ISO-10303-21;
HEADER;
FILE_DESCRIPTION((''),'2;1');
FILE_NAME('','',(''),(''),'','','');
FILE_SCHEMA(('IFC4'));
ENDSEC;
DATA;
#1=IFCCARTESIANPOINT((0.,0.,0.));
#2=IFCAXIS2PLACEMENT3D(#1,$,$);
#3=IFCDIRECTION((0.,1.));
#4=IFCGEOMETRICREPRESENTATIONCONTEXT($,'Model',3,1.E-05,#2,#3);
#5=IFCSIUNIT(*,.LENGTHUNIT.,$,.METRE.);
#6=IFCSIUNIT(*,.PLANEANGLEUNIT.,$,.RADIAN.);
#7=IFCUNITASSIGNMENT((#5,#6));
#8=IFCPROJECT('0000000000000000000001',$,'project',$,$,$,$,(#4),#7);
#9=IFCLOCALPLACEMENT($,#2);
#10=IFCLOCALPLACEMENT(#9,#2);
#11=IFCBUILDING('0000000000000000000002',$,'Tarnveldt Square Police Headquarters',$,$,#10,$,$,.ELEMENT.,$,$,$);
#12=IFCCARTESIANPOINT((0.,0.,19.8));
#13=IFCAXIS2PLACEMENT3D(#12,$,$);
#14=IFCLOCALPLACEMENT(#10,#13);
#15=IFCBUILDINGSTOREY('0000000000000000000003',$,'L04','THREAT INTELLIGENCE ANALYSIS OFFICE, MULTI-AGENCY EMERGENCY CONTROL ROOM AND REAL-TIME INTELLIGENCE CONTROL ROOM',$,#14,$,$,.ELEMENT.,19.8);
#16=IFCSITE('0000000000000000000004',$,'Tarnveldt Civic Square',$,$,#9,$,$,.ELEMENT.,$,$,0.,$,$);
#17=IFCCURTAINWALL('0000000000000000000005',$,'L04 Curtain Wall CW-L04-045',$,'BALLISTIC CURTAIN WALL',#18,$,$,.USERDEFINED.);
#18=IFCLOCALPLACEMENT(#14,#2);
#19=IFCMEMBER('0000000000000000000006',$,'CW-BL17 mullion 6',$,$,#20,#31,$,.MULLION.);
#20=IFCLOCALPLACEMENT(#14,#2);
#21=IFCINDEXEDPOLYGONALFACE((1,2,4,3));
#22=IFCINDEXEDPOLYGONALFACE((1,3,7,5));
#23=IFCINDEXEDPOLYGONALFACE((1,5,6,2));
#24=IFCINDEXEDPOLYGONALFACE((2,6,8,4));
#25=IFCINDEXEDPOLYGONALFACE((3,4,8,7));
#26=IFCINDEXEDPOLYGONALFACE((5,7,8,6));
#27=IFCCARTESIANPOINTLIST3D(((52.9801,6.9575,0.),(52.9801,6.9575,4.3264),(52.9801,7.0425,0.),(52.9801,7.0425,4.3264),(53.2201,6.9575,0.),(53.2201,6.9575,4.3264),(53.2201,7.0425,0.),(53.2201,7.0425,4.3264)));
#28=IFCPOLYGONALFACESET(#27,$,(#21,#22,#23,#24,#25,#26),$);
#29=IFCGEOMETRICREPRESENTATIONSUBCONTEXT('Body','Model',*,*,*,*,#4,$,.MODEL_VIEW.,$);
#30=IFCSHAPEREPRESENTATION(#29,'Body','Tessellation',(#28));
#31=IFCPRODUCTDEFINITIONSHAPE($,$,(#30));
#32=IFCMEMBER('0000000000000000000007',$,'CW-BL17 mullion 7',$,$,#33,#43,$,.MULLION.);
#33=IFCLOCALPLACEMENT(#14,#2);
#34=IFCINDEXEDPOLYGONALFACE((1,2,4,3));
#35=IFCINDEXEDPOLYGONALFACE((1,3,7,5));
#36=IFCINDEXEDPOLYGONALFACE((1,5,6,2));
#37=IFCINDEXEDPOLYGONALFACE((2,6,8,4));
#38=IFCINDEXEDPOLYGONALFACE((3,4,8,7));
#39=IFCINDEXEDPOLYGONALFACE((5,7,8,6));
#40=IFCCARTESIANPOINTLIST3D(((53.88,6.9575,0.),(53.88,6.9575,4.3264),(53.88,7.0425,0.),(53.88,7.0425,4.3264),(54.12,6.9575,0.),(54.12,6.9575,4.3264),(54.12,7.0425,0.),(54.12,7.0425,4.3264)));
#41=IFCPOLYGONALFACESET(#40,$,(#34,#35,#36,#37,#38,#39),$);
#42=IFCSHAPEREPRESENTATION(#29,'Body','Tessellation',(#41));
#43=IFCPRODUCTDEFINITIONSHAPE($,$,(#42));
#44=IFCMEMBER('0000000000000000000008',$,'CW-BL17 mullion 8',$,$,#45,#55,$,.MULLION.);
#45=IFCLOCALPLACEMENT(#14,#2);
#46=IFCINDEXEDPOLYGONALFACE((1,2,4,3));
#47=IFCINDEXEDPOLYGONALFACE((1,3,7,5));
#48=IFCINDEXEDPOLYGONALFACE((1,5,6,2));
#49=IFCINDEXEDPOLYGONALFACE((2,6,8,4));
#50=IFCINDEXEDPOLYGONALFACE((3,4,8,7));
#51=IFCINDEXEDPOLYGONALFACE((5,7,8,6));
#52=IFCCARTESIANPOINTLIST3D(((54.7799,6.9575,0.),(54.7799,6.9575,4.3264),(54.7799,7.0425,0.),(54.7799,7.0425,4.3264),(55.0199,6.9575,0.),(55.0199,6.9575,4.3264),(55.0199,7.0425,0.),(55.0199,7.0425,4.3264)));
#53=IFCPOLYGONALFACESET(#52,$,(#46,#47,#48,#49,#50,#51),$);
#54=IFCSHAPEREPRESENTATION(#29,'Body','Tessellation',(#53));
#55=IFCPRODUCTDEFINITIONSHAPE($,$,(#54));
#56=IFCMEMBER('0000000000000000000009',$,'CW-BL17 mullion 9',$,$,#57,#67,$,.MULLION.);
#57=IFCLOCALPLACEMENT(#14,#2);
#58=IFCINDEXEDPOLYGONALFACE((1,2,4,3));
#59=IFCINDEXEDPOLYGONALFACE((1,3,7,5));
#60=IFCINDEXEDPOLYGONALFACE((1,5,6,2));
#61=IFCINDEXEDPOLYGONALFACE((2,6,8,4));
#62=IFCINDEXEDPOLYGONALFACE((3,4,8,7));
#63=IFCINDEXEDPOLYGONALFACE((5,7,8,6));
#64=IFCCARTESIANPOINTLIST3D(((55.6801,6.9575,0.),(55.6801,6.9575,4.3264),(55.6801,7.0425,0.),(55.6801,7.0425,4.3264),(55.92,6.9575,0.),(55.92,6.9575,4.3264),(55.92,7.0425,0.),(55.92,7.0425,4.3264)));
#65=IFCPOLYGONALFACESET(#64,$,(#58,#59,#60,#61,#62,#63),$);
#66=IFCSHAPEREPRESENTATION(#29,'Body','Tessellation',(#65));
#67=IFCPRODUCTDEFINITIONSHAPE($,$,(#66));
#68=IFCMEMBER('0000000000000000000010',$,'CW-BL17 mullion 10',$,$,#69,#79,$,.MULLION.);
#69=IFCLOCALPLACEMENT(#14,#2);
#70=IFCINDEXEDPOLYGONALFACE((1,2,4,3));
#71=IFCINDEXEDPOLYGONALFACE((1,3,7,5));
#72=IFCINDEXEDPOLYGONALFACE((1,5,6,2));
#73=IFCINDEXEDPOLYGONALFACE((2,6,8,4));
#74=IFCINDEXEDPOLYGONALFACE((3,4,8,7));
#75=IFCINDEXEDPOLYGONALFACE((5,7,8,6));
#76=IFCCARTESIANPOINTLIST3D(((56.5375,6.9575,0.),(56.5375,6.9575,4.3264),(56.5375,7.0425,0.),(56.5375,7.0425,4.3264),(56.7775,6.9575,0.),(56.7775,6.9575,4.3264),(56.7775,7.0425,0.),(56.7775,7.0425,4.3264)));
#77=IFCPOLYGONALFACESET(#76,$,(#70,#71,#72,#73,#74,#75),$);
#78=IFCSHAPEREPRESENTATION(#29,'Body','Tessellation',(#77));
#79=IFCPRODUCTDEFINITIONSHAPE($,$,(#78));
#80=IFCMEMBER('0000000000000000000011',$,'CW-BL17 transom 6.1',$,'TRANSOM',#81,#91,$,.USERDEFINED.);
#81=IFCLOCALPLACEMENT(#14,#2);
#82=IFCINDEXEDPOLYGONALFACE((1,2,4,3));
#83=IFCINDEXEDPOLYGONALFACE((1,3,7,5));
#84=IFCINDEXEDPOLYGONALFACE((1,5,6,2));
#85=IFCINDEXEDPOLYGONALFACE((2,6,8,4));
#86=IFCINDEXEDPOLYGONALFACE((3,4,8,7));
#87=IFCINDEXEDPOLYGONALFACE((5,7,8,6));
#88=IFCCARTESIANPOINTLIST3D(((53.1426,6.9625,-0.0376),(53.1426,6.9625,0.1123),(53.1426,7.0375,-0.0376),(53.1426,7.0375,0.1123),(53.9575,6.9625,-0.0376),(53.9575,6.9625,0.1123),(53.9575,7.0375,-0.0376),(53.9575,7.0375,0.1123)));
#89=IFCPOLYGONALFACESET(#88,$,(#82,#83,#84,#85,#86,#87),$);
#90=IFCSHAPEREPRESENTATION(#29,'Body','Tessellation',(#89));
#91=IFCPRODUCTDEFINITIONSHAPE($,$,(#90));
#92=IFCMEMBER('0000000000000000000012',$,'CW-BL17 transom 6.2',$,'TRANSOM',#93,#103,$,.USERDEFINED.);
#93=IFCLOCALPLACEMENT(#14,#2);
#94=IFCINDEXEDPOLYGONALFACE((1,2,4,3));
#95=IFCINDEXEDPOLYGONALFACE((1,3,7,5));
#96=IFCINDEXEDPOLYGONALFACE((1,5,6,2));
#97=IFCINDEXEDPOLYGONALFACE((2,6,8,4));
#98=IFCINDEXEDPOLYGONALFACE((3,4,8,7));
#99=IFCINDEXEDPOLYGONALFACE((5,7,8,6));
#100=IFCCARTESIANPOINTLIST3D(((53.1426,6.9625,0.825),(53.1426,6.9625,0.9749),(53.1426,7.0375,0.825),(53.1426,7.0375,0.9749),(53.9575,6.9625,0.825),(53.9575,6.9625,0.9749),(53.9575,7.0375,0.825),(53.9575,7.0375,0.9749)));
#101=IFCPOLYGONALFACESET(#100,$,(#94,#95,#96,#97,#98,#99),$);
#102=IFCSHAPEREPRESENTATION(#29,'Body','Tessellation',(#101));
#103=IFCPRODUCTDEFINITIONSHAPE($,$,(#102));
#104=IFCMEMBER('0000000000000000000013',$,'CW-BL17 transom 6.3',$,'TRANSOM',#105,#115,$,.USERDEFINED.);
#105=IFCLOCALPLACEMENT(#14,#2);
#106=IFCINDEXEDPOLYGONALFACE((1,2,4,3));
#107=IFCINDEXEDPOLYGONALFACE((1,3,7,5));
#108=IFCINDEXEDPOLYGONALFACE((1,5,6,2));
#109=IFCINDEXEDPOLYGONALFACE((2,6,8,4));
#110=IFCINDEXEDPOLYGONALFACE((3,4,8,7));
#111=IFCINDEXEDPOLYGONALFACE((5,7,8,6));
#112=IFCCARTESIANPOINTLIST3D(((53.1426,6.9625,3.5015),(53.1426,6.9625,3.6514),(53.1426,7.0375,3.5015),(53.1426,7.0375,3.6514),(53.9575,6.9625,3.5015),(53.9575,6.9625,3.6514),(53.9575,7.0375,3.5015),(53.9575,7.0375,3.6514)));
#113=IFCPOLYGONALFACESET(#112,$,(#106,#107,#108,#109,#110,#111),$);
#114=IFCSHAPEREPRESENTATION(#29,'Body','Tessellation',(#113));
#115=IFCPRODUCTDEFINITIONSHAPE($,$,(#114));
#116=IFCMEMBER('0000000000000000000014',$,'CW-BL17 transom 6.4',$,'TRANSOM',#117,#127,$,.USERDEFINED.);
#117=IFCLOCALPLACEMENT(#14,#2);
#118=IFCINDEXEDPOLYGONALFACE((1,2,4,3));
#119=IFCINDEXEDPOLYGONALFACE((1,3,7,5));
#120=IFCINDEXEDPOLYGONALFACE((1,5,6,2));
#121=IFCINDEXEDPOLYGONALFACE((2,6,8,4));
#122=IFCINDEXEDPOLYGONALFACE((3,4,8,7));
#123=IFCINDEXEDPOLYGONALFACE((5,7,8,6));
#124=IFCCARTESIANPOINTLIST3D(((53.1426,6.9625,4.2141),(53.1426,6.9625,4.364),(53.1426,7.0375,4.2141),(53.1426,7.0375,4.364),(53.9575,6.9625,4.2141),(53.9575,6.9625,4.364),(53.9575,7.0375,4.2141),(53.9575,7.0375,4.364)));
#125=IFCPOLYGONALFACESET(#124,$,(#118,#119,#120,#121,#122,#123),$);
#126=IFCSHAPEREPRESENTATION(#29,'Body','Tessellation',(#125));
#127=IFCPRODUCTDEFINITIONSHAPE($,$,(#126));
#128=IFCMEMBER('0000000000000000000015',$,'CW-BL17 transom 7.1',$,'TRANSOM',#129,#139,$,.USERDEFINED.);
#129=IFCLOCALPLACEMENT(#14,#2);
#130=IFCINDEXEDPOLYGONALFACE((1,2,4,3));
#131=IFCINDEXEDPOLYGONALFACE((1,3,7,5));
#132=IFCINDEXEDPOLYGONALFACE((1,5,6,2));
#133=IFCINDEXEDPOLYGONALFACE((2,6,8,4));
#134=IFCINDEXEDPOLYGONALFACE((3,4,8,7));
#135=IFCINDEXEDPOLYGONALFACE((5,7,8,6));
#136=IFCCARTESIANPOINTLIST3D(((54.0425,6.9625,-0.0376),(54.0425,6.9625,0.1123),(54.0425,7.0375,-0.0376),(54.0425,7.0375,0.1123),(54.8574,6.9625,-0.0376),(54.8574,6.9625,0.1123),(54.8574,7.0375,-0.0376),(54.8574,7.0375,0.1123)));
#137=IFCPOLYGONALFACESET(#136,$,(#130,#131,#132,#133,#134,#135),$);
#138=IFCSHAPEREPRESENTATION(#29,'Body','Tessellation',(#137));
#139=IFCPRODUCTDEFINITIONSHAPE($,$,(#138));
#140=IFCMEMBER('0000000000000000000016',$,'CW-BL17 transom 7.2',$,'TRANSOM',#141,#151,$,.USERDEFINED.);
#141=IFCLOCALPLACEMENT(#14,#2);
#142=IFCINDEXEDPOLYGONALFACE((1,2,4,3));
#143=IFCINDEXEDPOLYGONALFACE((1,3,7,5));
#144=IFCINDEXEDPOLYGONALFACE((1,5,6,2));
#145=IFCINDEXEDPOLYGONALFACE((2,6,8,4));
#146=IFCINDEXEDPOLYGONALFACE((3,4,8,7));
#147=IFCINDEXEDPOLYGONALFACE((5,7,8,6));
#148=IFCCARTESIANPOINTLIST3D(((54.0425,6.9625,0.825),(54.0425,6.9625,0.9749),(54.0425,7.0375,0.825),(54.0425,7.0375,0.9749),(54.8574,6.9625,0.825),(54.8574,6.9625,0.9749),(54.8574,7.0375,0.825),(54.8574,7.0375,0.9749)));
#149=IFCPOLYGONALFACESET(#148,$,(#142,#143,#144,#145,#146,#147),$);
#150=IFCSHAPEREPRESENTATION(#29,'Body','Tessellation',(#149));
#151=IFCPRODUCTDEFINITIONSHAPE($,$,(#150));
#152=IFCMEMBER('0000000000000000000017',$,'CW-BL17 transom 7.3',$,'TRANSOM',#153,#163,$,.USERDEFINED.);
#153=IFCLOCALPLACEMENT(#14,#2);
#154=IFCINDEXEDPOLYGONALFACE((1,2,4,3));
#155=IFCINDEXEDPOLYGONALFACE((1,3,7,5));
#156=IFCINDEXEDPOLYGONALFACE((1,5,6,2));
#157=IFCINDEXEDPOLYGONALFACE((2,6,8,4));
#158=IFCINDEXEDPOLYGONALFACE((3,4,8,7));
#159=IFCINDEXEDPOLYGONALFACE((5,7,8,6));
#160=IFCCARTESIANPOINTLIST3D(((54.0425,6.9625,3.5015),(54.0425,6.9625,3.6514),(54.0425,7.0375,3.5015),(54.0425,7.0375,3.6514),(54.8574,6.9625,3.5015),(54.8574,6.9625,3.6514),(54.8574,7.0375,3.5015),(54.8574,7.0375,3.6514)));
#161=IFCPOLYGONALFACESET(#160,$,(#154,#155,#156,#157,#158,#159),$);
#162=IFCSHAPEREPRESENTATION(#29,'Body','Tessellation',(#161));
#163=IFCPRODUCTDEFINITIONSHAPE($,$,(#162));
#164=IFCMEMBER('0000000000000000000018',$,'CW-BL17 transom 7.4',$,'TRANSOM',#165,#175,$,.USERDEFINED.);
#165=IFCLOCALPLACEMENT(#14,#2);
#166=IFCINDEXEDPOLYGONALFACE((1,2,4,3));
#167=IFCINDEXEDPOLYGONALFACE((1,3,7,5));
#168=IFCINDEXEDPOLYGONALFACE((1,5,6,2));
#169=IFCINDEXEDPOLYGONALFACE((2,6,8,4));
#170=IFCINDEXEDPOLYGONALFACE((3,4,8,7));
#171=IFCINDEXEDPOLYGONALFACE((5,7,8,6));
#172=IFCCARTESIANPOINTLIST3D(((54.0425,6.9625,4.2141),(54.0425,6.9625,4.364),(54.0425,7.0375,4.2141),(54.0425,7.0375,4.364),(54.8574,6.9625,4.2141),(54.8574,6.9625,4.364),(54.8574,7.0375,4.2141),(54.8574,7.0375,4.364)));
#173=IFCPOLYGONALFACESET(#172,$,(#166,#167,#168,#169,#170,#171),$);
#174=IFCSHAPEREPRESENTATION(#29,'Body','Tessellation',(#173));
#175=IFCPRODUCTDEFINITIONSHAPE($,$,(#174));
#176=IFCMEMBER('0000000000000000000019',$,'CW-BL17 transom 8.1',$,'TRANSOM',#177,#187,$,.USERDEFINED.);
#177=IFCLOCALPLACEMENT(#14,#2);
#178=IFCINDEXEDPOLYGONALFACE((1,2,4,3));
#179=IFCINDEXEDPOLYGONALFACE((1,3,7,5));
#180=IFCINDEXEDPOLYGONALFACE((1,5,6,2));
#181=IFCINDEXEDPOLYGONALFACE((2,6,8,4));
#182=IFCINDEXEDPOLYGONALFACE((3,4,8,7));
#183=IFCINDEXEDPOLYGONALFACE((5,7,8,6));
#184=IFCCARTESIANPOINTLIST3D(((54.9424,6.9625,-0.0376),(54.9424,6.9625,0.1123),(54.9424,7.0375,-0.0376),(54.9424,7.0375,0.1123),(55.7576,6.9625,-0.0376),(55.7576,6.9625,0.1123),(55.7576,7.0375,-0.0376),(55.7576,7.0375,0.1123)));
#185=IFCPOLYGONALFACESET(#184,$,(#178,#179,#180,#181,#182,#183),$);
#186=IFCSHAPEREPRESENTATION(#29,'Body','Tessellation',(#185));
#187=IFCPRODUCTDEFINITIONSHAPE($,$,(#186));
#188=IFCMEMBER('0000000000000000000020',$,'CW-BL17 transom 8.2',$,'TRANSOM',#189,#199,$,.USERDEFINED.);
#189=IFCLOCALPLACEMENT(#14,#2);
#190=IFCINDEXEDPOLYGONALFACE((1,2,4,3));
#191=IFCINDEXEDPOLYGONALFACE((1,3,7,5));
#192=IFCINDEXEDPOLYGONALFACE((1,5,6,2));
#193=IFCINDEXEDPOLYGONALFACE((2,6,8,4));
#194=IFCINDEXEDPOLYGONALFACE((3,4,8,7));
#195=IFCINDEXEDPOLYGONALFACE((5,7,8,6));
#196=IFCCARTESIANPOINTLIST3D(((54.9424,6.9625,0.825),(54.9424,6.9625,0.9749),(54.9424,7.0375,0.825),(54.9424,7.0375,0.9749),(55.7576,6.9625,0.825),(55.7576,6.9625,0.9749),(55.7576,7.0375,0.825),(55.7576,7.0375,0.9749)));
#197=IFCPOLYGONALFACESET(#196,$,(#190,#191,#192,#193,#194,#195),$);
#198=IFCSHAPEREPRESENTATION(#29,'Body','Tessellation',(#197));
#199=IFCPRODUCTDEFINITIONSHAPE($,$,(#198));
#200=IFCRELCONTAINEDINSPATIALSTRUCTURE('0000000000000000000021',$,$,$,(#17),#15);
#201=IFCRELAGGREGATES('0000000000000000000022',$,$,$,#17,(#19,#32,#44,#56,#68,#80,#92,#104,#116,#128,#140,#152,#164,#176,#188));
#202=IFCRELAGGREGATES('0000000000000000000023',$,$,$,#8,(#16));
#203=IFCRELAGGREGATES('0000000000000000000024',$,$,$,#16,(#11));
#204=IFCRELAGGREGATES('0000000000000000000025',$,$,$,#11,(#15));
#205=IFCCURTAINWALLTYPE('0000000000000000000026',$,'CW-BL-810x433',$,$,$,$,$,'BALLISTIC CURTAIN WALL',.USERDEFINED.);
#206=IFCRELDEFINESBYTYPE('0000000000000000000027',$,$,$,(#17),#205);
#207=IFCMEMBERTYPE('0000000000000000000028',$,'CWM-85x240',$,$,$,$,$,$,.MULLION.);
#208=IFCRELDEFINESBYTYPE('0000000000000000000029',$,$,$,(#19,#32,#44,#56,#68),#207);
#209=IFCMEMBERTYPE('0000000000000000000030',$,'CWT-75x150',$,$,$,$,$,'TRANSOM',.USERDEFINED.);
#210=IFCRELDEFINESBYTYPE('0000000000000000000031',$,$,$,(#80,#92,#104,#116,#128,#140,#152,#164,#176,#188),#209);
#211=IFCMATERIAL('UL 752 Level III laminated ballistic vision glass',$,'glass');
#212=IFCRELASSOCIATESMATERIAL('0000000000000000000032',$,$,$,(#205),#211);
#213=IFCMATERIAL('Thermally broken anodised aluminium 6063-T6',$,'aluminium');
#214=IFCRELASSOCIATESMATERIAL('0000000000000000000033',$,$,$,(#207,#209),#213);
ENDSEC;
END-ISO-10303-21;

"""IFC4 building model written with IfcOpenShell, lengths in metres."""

from ifc_helpers import new_model, si_unit, direction, frame, origin, origin_2d, place, context, subcontext, project, spatial, rectangle, extrude, material, material_profile, profile_set, type_object, element, aggregate, save


model = new_model("IFC4")

# Units and contexts
model_context = context("Model", 3, precision=1e-05, world=origin(), true_north=direction((0.0, 1.0)))
body_context = subcontext(model_context, "Body", "Model", "MODEL_VIEW")
ifc_project = project(units=[si_unit("LENGTHUNIT", "METRE"), si_unit("PLANEANGLEUNIT", "RADIAN")], contexts=[model_context])

# Site, building, storey
site_placement = place(None, origin())
site = spatial("IfcSite", under=ifc_project, at=site_placement, Name="Tarnveldt Civic Square", CompositionType="ELEMENT", RefElevation=0.0)
building_placement = place(site_placement, origin())
building = spatial("IfcBuilding", under=site, at=building_placement, Name="Tarnveldt Square Police Headquarters", CompositionType="ELEMENT")
storey_placement = place(building_placement, frame((0.0, 0.0, 19.8)))
storey = spatial("IfcBuildingStorey", under=building, at=storey_placement, Name="L04", Description="THREAT INTELLIGENCE ANALYSIS OFFICE, MULTI-AGENCY EMERGENCY CONTROL ROOM AND REAL-TIME INTELLIGENCE CONTROL ROOM", CompositionType="ELEMENT", Elevation=19.8)

# Curtain wall, members
ifc_material_1 = material(Name="UL 752 Level III laminated ballistic vision glass", Category="glass")
curtain_wall_type = type_object("IfcCurtainWallType", Name="CW-BL-810x433", ElementType="BALLISTIC CURTAIN WALL", PredefinedType="USERDEFINED", material=ifc_material_1)
curtain_wall_placement = place(storey_placement, origin())
curtain_wall = element("IfcCurtainWall", 1, at=curtain_wall_placement, inside=storey, type_object=curtain_wall_type, Name="L04 Curtain Wall CW-L04-045", ObjectType="BALLISTIC CURTAIN WALL", PredefinedType="USERDEFINED")
ifc_material_2 = material(Name="Thermally broken anodised aluminium 6063-T6", Category="aluminium")
ifc_material_profile_1 = material_profile(ifc_material_2, rectangle(XDim=0.085, YDim=0.24, at=origin_2d()), Name="CW-M85x240")
ifc_profile_set_1 = profile_set([ifc_material_profile_1], Name="Thermally broken anodised aluminium 6063-T6")
member_type_1 = type_object("IfcMemberType", Name="CWM-85x240", PredefinedType="MULLION", material=ifc_profile_set_1)
member_1_placement = place(storey_placement, frame((53.1001, 7.0, 0.0), z_axis=(0.0, 0.0, 1.0), x_axis=(0.0, 1.0, 0.0)))
member_1 = element("IfcMember", 2, at=member_1_placement, type_object=member_type_1, Name="CW-BL17 mullion 6", PredefinedType="MULLION", context=body_context, shape_type="SweptSolid", body=[
    extrude(rectangle(XDim=0.085, YDim=0.24, at=origin_2d()), origin(), (0.0, 0.0, 1.0), 4.3264),
])
member_2_placement = place(storey_placement, frame((54.0, 7.0, 0.0), z_axis=(0.0, 0.0, 1.0), x_axis=(0.0, 1.0, 0.0)))
member_2 = element("IfcMember", 3, at=member_2_placement, type_object=member_type_1, Name="CW-BL17 mullion 7", PredefinedType="MULLION", context=body_context, shape_type="SweptSolid", body=[
    extrude(rectangle(XDim=0.085, YDim=0.24, at=origin_2d()), origin(), (0.0, 0.0, 1.0), 4.3264),
])
member_3_placement = place(storey_placement, frame((54.8999, 7.0, 0.0), z_axis=(0.0, 0.0, 1.0), x_axis=(0.0, 1.0, 0.0)))
member_3 = element("IfcMember", 4, at=member_3_placement, type_object=member_type_1, Name="CW-BL17 mullion 8", PredefinedType="MULLION", context=body_context, shape_type="SweptSolid", body=[
    extrude(rectangle(XDim=0.085, YDim=0.24, at=origin_2d()), origin(), (0.0, 0.0, 1.0), 4.3264),
])
member_4_placement = place(storey_placement, frame((55.8, 7.0, 0.0), z_axis=(0.0, 0.0, 1.0), x_axis=(0.0, 1.0, 0.0)))
member_4 = element("IfcMember", 5, at=member_4_placement, type_object=member_type_1, Name="CW-BL17 mullion 9", PredefinedType="MULLION", context=body_context, shape_type="SweptSolid", body=[
    extrude(rectangle(XDim=0.085, YDim=0.24, at=origin_2d()), origin(), (0.0, 0.0, 1.0), 4.3264),
])
member_5_placement = place(storey_placement, frame((56.6575, 7.0, 0.0), z_axis=(0.0, 0.0, 1.0), x_axis=(0.0, 1.0, 0.0)))
member_5 = element("IfcMember", 6, at=member_5_placement, type_object=member_type_1, Name="CW-BL17 mullion 10", PredefinedType="MULLION", context=body_context, shape_type="SweptSolid", body=[
    extrude(rectangle(XDim=0.085, YDim=0.24, at=origin_2d()), origin(), (0.0, 0.0, 1.0), 4.3264),
])
ifc_material_profile_2 = material_profile(ifc_material_2, rectangle(XDim=0.075, YDim=0.1499, at=origin_2d()), Name="CW-T75x150")
ifc_profile_set_2 = profile_set([ifc_material_profile_2], Name="Thermally broken anodised aluminium 6063-T6")
member_type_2 = type_object("IfcMemberType", Name="CWT-75x150", ElementType="TRANSOM", PredefinedType="USERDEFINED", material=ifc_profile_set_2)
member_6_placement = place(storey_placement, frame((53.1426, 7.0, 0.0374), z_axis=(1.0, 0.0, 0.0), x_axis=(0.0, 1.0, 0.0)))
member_6 = element("IfcMember", 7, at=member_6_placement, type_object=member_type_2, Name="CW-BL17 transom 6.1", ObjectType="TRANSOM", PredefinedType="USERDEFINED", context=body_context, shape_type="SweptSolid", body=[
    extrude(rectangle(XDim=0.075, YDim=0.1499, at=origin_2d()), origin(), (0.0, 0.0, 1.0), 0.8149),
])
member_7_placement = place(storey_placement, frame((53.1426, 7.0, 0.8999), z_axis=(1.0, 0.0, 0.0), x_axis=(0.0, 1.0, 0.0)))
member_7 = element("IfcMember", 8, at=member_7_placement, type_object=member_type_2, Name="CW-BL17 transom 6.2", ObjectType="TRANSOM", PredefinedType="USERDEFINED", context=body_context, shape_type="SweptSolid", body=[
    extrude(rectangle(XDim=0.075, YDim=0.1499, at=origin_2d()), origin(), (0.0, 0.0, 1.0), 0.8149),
])
member_8_placement = place(storey_placement, frame((53.1426, 7.0, 3.5764), z_axis=(1.0, 0.0, 0.0), x_axis=(0.0, 1.0, 0.0)))
member_8 = element("IfcMember", 9, at=member_8_placement, type_object=member_type_2, Name="CW-BL17 transom 6.3", ObjectType="TRANSOM", PredefinedType="USERDEFINED", context=body_context, shape_type="SweptSolid", body=[
    extrude(rectangle(XDim=0.075, YDim=0.1499, at=origin_2d()), origin(), (0.0, 0.0, 1.0), 0.8149),
])
member_9_placement = place(storey_placement, frame((53.1426, 7.0, 4.2891), z_axis=(1.0, 0.0, 0.0), x_axis=(0.0, 1.0, 0.0)))
member_9 = element("IfcMember", 10, at=member_9_placement, type_object=member_type_2, Name="CW-BL17 transom 6.4", ObjectType="TRANSOM", PredefinedType="USERDEFINED", context=body_context, shape_type="SweptSolid", body=[
    extrude(rectangle(XDim=0.075, YDim=0.1499, at=origin_2d()), origin(), (0.0, 0.0, 1.0), 0.8149),
])
member_10_placement = place(storey_placement, frame((54.0425, 7.0, 0.0374), z_axis=(1.0, 0.0, 0.0), x_axis=(0.0, 1.0, 0.0)))
member_10 = element("IfcMember", 11, at=member_10_placement, type_object=member_type_2, Name="CW-BL17 transom 7.1", ObjectType="TRANSOM", PredefinedType="USERDEFINED", context=body_context, shape_type="SweptSolid", body=[
    extrude(rectangle(XDim=0.075, YDim=0.1499, at=origin_2d()), origin(), (0.0, 0.0, 1.0), 0.8149),
])
member_11_placement = place(storey_placement, frame((54.0425, 7.0, 0.8999), z_axis=(1.0, 0.0, 0.0), x_axis=(0.0, 1.0, 0.0)))
member_11 = element("IfcMember", 12, at=member_11_placement, type_object=member_type_2, Name="CW-BL17 transom 7.2", ObjectType="TRANSOM", PredefinedType="USERDEFINED", context=body_context, shape_type="SweptSolid", body=[
    extrude(rectangle(XDim=0.075, YDim=0.1499, at=origin_2d()), origin(), (0.0, 0.0, 1.0), 0.8149),
])
member_12_placement = place(storey_placement, frame((54.0425, 7.0, 3.5764), z_axis=(1.0, 0.0, 0.0), x_axis=(0.0, 1.0, 0.0)))
member_12 = element("IfcMember", 13, at=member_12_placement, type_object=member_type_2, Name="CW-BL17 transom 7.3", ObjectType="TRANSOM", PredefinedType="USERDEFINED", context=body_context, shape_type="SweptSolid", body=[
    extrude(rectangle(XDim=0.075, YDim=0.1499, at=origin_2d()), origin(), (0.0, 0.0, 1.0), 0.8149),
])
member_13_placement = place(storey_placement, frame((54.0425, 7.0, 4.2891), z_axis=(1.0, 0.0, 0.0), x_axis=(0.0, 1.0, 0.0)))
member_13 = element("IfcMember", 14, at=member_13_placement, type_object=member_type_2, Name="CW-BL17 transom 7.4", ObjectType="TRANSOM", PredefinedType="USERDEFINED", context=body_context, shape_type="SweptSolid", body=[
    extrude(rectangle(XDim=0.075, YDim=0.1499, at=origin_2d()), origin(), (0.0, 0.0, 1.0), 0.8149),
])
member_14_placement = place(storey_placement, frame((54.9424, 7.0, 0.0374), z_axis=(1.0, 0.0, 0.0), x_axis=(0.0, 1.0, 0.0)))
member_14 = element("IfcMember", 15, at=member_14_placement, type_object=member_type_2, Name="CW-BL17 transom 8.1", ObjectType="TRANSOM", PredefinedType="USERDEFINED", context=body_context, shape_type="SweptSolid", body=[
    extrude(rectangle(XDim=0.075, YDim=0.1499, at=origin_2d()), origin(), (0.0, 0.0, 1.0), 0.8152),
])
member_15_placement = place(storey_placement, frame((54.9424, 7.0, 0.8999), z_axis=(1.0, 0.0, 0.0), x_axis=(0.0, 1.0, 0.0)))
member_15 = element("IfcMember", 16, at=member_15_placement, type_object=member_type_2, Name="CW-BL17 transom 8.2", ObjectType="TRANSOM", PredefinedType="USERDEFINED", context=body_context, shape_type="SweptSolid", body=[
    extrude(rectangle(XDim=0.075, YDim=0.1499, at=origin_2d()), origin(), (0.0, 0.0, 1.0), 0.8152),
])

aggregate(curtain_wall, [member_1, member_2, member_3, member_4, member_5, member_6, member_7, member_8, member_9, member_10, member_11, member_12, member_13, member_14, member_15])

save(model, "model.ifc")
